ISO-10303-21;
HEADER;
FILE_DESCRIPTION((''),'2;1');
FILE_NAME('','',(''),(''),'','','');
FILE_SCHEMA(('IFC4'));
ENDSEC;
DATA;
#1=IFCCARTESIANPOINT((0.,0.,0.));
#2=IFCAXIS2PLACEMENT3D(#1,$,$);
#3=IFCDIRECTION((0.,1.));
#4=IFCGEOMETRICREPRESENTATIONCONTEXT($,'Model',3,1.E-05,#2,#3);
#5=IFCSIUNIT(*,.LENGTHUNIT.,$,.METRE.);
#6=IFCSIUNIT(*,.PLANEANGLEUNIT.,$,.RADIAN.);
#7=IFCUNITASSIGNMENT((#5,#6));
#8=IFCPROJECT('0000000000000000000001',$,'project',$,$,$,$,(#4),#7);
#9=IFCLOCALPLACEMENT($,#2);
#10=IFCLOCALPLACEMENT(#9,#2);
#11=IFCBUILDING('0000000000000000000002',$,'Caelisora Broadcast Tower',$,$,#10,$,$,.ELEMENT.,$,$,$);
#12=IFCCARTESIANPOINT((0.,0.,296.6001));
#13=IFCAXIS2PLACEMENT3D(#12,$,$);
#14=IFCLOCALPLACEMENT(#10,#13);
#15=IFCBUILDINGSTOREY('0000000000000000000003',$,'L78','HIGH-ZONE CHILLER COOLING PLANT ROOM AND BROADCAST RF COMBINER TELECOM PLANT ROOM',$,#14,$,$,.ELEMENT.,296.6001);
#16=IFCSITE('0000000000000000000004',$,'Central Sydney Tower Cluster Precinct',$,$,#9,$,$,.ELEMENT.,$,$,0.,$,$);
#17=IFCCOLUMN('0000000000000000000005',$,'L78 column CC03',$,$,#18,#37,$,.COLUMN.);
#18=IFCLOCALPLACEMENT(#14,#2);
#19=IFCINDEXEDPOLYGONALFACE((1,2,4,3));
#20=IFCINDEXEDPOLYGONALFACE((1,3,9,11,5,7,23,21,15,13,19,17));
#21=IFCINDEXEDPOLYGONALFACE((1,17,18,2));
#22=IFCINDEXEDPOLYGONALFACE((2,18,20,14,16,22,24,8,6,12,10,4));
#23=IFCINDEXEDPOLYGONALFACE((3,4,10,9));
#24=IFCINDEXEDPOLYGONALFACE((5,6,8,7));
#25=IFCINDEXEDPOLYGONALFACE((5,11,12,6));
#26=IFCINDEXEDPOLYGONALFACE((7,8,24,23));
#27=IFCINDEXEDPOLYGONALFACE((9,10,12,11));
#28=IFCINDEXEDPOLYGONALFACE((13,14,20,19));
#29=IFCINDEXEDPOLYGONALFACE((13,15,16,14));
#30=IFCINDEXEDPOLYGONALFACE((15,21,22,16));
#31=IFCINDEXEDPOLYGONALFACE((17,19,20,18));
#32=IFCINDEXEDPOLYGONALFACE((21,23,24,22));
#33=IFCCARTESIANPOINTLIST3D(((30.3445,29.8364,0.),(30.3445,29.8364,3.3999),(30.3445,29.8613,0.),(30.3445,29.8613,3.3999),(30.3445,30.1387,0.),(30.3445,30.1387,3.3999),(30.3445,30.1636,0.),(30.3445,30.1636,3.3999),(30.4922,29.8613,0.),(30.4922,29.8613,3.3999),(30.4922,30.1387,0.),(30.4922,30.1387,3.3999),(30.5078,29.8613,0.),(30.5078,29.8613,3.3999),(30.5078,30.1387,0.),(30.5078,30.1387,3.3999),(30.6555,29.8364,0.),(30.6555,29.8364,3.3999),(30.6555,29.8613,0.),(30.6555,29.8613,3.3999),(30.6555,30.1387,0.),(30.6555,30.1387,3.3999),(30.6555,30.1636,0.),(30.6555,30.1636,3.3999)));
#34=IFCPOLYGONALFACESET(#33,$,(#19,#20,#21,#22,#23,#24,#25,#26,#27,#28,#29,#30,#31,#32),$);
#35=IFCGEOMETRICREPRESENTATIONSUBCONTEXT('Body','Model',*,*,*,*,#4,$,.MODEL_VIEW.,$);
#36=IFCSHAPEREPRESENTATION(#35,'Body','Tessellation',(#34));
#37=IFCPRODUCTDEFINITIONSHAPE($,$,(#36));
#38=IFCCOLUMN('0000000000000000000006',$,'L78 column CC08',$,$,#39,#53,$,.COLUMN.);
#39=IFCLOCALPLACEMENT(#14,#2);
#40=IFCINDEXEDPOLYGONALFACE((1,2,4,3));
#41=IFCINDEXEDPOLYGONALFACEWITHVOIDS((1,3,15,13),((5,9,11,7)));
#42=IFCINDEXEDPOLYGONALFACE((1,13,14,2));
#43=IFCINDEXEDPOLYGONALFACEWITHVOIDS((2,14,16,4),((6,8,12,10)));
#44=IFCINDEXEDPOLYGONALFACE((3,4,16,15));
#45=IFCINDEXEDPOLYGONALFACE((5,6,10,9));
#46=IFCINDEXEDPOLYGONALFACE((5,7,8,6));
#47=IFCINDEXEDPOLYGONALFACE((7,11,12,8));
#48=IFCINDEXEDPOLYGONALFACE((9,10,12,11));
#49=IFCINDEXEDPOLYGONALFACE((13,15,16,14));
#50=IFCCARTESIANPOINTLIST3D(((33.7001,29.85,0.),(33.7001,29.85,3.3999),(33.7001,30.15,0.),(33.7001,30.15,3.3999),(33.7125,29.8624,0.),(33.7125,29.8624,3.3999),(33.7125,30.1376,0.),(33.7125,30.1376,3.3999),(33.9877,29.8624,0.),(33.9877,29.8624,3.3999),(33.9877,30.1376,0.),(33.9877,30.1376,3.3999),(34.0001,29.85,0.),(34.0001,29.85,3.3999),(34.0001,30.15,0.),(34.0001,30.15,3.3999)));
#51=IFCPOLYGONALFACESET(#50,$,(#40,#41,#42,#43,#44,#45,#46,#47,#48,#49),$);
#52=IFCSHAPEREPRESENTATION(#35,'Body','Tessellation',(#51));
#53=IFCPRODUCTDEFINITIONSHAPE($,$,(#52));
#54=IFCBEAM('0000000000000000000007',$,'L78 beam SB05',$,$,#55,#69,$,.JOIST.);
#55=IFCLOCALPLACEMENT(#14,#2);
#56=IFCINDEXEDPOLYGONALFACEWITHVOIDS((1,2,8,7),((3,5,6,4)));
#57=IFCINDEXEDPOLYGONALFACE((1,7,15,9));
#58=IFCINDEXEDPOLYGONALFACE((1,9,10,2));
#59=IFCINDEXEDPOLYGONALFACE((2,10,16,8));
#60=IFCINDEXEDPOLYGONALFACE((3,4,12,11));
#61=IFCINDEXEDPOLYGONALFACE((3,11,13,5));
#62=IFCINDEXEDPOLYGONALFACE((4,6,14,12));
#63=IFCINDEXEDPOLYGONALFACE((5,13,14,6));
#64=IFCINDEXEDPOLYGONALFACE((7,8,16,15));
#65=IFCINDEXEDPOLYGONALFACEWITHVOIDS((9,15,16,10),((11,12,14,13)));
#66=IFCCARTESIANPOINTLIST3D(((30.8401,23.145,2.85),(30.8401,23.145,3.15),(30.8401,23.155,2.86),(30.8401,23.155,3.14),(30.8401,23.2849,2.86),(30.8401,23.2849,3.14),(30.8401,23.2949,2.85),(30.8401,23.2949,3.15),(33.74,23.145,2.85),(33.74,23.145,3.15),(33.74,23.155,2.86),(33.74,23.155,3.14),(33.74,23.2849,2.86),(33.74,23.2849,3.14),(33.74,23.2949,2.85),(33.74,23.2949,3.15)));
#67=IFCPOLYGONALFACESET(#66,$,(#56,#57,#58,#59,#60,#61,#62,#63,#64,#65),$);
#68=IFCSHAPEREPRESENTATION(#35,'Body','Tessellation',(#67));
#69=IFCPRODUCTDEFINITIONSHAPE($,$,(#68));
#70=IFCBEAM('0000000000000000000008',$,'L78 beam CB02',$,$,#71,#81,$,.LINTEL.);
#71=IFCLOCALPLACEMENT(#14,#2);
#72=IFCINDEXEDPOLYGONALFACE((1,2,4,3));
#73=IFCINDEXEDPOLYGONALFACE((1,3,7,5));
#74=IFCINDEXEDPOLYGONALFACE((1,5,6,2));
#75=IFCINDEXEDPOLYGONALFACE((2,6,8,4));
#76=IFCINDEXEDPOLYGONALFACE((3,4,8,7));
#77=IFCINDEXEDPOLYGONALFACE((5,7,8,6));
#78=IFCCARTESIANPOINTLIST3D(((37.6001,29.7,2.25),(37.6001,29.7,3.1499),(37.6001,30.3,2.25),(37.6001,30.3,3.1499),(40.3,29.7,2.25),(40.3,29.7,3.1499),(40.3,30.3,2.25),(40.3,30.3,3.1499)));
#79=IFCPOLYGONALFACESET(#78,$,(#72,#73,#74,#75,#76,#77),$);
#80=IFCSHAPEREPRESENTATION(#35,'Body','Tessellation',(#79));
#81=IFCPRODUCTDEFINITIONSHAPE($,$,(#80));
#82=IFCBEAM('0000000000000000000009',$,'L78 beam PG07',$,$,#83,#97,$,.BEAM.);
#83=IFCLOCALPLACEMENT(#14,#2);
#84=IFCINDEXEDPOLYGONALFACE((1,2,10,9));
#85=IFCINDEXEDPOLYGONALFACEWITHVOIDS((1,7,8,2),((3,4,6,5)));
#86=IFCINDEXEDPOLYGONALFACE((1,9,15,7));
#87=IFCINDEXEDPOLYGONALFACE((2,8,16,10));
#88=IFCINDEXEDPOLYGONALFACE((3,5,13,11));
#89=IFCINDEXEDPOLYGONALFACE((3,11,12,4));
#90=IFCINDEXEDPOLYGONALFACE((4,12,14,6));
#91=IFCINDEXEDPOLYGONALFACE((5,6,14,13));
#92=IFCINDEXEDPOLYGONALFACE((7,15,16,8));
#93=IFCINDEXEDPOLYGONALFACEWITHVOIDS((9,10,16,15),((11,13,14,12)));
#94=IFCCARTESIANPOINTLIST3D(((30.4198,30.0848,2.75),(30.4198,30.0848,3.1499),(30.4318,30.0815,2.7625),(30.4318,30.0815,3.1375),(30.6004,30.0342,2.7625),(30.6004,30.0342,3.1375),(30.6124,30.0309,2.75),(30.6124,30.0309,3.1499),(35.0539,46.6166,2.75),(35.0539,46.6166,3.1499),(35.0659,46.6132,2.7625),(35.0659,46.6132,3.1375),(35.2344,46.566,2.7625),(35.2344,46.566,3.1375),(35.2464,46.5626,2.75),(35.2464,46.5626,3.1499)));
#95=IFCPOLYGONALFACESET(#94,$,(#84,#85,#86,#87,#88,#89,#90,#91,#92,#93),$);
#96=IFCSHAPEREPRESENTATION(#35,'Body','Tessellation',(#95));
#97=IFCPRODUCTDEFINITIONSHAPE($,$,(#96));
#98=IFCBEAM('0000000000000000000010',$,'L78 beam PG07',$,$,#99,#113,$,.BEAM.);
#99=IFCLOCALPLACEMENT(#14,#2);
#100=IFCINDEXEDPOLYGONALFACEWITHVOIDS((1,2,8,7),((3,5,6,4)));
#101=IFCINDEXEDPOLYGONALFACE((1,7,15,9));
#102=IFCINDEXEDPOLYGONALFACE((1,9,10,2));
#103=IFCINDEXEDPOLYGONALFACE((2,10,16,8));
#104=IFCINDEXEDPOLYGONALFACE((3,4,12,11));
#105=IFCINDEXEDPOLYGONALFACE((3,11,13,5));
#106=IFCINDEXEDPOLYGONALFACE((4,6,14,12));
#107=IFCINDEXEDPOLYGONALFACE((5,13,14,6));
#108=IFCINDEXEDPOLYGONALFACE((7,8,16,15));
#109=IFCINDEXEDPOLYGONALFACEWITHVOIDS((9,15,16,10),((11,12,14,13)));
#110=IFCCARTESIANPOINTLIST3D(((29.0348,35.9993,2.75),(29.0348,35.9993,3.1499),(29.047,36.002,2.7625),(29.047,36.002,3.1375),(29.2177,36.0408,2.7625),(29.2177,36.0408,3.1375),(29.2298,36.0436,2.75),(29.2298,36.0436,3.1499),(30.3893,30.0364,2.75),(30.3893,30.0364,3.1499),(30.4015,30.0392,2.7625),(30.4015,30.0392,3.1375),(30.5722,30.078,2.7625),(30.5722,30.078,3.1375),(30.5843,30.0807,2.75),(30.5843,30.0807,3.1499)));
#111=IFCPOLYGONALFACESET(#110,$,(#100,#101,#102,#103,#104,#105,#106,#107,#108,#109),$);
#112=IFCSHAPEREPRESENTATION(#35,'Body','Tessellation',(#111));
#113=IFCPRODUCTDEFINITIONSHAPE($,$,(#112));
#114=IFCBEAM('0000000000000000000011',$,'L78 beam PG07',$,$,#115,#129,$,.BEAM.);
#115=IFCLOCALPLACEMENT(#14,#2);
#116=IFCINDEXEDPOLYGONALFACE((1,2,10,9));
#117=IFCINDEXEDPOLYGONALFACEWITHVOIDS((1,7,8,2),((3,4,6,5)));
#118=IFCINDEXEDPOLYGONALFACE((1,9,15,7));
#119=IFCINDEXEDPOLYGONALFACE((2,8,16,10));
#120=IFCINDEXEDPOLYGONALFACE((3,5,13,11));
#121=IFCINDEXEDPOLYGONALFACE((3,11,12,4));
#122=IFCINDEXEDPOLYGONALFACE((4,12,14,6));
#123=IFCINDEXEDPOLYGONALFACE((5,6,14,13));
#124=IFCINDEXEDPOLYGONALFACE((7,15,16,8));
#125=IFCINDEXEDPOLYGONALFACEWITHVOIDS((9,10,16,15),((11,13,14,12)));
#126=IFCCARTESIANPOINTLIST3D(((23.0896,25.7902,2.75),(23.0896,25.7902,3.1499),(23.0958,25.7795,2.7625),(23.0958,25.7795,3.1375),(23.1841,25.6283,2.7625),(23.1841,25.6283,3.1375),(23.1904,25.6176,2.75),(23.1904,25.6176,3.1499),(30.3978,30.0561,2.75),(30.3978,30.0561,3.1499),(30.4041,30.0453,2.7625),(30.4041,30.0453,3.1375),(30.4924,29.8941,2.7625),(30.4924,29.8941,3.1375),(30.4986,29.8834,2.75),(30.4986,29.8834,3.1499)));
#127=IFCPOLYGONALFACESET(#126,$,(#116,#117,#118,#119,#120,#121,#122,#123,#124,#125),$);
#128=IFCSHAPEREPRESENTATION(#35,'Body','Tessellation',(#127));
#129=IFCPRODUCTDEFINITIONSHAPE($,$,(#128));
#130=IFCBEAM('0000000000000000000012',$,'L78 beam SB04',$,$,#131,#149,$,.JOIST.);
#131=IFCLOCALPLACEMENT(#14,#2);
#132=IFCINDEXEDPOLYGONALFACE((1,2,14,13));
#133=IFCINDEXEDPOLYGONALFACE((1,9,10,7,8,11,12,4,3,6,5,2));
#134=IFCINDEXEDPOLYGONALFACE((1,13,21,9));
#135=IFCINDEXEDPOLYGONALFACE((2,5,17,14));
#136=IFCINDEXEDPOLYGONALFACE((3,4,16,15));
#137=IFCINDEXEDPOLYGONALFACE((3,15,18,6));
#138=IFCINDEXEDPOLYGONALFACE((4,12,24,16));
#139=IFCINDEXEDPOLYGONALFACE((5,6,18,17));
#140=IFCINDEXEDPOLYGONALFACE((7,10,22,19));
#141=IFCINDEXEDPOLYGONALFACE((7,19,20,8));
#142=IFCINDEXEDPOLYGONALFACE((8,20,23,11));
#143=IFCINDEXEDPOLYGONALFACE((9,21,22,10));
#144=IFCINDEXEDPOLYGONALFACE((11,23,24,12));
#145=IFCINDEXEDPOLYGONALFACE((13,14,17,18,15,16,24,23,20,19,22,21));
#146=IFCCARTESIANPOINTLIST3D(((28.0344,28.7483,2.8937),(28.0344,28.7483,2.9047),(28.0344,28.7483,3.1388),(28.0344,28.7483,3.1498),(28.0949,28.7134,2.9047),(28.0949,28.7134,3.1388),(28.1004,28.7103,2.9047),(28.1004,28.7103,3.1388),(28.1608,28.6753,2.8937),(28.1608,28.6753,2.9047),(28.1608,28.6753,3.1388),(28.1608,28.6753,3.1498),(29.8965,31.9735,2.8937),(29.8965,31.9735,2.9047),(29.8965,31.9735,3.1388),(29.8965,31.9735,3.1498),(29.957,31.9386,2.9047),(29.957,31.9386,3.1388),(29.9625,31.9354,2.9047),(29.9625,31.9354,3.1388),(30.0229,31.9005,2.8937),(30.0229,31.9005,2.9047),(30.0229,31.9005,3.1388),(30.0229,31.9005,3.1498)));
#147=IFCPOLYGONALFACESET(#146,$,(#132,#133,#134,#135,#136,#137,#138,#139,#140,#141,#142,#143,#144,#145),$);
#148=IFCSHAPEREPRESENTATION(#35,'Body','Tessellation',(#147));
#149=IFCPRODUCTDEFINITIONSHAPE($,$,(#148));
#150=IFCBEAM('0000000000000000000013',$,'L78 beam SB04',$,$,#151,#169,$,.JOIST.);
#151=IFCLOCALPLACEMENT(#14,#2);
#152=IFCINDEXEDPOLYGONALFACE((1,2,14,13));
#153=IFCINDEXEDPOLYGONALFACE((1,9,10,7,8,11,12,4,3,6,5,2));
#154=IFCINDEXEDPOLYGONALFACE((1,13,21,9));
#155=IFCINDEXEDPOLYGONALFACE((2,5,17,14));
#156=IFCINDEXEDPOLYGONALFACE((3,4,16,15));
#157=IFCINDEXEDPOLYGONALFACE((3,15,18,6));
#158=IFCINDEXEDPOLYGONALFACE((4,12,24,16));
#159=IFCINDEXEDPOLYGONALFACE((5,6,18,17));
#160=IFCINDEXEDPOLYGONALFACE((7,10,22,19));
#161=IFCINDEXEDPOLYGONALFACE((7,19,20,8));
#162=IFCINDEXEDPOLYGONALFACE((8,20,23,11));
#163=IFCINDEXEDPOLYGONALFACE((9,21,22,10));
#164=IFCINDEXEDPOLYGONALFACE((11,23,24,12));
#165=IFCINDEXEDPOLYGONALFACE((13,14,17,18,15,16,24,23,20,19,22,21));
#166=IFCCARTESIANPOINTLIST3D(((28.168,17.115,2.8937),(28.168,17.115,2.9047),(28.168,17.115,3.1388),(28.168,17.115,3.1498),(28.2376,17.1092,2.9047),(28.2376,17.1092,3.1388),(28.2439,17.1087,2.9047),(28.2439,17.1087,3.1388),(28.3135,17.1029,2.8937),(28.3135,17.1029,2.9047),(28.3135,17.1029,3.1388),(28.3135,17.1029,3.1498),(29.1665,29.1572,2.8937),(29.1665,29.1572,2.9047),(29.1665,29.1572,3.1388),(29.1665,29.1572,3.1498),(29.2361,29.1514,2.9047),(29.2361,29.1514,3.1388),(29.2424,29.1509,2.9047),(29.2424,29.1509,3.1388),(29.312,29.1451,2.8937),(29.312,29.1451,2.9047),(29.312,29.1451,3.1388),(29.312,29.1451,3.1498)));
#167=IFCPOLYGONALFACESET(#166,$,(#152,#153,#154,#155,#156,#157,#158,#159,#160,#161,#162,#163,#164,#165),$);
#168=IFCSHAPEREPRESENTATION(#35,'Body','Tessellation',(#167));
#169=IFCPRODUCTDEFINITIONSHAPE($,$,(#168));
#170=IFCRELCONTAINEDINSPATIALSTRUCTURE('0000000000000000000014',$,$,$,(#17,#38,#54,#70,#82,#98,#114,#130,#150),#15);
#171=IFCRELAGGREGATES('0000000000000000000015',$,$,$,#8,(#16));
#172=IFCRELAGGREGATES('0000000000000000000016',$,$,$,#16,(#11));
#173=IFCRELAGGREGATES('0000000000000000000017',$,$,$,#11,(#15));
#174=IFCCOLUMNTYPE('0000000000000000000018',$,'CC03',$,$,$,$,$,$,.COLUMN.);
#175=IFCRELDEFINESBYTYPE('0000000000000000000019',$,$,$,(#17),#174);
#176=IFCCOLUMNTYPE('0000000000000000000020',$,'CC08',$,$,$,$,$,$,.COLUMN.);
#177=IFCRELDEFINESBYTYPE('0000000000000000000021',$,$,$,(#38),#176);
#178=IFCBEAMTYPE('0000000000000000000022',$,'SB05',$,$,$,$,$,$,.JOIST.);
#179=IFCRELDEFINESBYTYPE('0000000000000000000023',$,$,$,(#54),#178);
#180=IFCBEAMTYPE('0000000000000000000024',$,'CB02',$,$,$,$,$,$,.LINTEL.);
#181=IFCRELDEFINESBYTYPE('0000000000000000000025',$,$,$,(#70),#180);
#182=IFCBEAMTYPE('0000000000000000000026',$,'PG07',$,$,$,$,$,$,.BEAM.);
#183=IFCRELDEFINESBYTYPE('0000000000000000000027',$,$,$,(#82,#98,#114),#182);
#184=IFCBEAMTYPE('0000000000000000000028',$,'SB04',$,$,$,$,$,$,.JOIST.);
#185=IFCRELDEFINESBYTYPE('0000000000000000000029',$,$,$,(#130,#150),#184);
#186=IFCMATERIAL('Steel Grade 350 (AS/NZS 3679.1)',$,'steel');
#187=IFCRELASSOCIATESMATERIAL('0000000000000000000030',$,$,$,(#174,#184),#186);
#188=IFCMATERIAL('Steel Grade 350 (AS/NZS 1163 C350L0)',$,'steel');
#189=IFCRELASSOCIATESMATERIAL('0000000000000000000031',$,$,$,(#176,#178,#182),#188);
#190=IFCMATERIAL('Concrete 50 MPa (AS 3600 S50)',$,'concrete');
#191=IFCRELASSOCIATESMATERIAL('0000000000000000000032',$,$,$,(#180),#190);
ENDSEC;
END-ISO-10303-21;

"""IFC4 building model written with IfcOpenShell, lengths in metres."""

from ifc_helpers import new_model, si_unit, direction, frame, origin, origin_2d, place, context, subcontext, project, spatial, rectangle, hollow_rectangle, i_section, extrude, source, transform, mapped, material, material_profile, profile_set, type_object, type_shapes, element, save


model = new_model("IFC4")

# Units and contexts
model_context = context("Model", 3, precision=1e-05, world=origin(), true_north=direction((0.0, 1.0)))
body_context = subcontext(model_context, "Body", "Model", "MODEL_VIEW")
ifc_project = project(units=[si_unit("LENGTHUNIT", "METRE"), si_unit("PLANEANGLEUNIT", "RADIAN")], contexts=[model_context])

# Site, building, storey
site_placement = place(None, origin())
site = spatial("IfcSite", under=ifc_project, at=site_placement, Name="Central Sydney Tower Cluster Precinct", CompositionType="ELEMENT", RefElevation=0.0)
building_placement = place(site_placement, origin())
building = spatial("IfcBuilding", under=site, at=building_placement, Name="Caelisora Broadcast Tower", CompositionType="ELEMENT")
storey_placement = place(building_placement, frame((0.0, 0.0, 296.6001)))
storey = spatial("IfcBuildingStorey", under=building, at=storey_placement, Name="L78", Description="HIGH-ZONE CHILLER COOLING PLANT ROOM AND BROADCAST RF COMBINER TELECOM PLANT ROOM", CompositionType="ELEMENT", Elevation=296.6001)

# Columns
ifc_material_1 = material(Name="Steel Grade 350 (AS/NZS 3679.1)", Category="steel")
ifc_material_profile_1 = material_profile(ifc_material_1, i_section(OverallWidth=0.311, OverallDepth=0.3271, WebThickness=0.0156, FlangeThickness=0.0249, at=origin_2d()), Name="Steel Grade 350 (AS/NZS 3679.1)")
ifc_profile_set_1 = profile_set([ifc_material_profile_1], Name="Steel Grade 350 (AS/NZS 3679.1)")
column_type_1 = type_object("IfcColumnType", Name="CC03", PredefinedType="COLUMN", material=ifc_profile_set_1)
shared_shape_1 = source(origin(), body_context, "Body", "SweptSolid", [
    extrude(i_section(OverallWidth=0.311, OverallDepth=0.3271, WebThickness=0.0156, FlangeThickness=0.0249, at=origin_2d()), origin(), (0.0, 0.0, 1.0), 3.3999),
])
type_shapes(column_type_1, [shared_shape_1])
column_1_placement = place(storey_placement, frame((30.5, 30.0, 0.0), z_axis=(0.0, 0.0, 1.0), x_axis=(1.0, 0.0, 0.0)))
element("IfcColumn", 1, at=column_1_placement, inside=storey, type_object=column_type_1, Name="L78 column CC03", PredefinedType="COLUMN", context=body_context, shape_type="MappedRepresentation", body=[
    mapped(shared_shape_1, transform((0.0, 0.0, 0.0), scale=1.0)),
])
ifc_material_2 = material(Name="Steel Grade 350 (AS/NZS 1163 C350L0)", Category="steel")
ifc_material_profile_2 = material_profile(ifc_material_2, hollow_rectangle(XDim=0.3, YDim=0.3, WallThickness=0.0125, at=origin_2d()), Name="Steel Grade 350 (AS/NZS 1163 C350L0)")
ifc_profile_set_2 = profile_set([ifc_material_profile_2], Name="Steel Grade 350 (AS/NZS 1163 C350L0)")
column_type_2 = type_object("IfcColumnType", Name="CC08", PredefinedType="COLUMN", material=ifc_profile_set_2)
shared_shape_2 = source(origin(), body_context, "Body", "SweptSolid", [
    extrude(hollow_rectangle(XDim=0.3, YDim=0.3, WallThickness=0.0125, at=origin_2d()), origin(), (0.0, 0.0, 1.0), 3.3999),
])
type_shapes(column_type_2, [shared_shape_2])
column_2_placement = place(storey_placement, frame((33.8501, 30.0, 0.0), z_axis=(0.0, 0.0, 1.0), x_axis=(1.0, 0.0, 0.0)))
element("IfcColumn", 2, at=column_2_placement, inside=storey, type_object=column_type_2, Name="L78 column CC08", PredefinedType="COLUMN", context=body_context, shape_type="MappedRepresentation", body=[
    mapped(shared_shape_2, transform((0.0, 0.0, 0.0), scale=1.0)),
])

# Beams
ifc_material_profile_3 = material_profile(ifc_material_2, hollow_rectangle(XDim=0.1499, YDim=0.3, WallThickness=0.01, at=origin_2d()), Name="Steel Grade 350 (AS/NZS 1163 C350L0)")
ifc_profile_set_3 = profile_set([ifc_material_profile_3], Name="Steel Grade 350 (AS/NZS 1163 C350L0)")
beam_type_1 = type_object("IfcBeamType", Name="SB05", PredefinedType="JOIST", material=ifc_profile_set_3)
shared_shape_3 = source(origin(), body_context, "Body", "SweptSolid", [
    extrude(hollow_rectangle(XDim=0.1499, YDim=0.3, WallThickness=0.01, at=origin_2d()), origin(), (0.0, 0.0, 1.0), 2.8999),
])
type_shapes(beam_type_1, [shared_shape_3])
beam_1_placement = place(storey_placement, frame((30.8401, 23.22, 3.0), z_axis=(1.0, 0.0, 0.0), x_axis=(0.0, 1.0, 0.0)))
element("IfcBeam", 3, at=beam_1_placement, inside=storey, type_object=beam_type_1, Name="L78 beam SB05", PredefinedType="JOIST", context=body_context, shape_type="MappedRepresentation", body=[
    mapped(shared_shape_3, transform((0.0, 0.0, 0.0), scale=1.0)),
])
ifc_material_3 = material(Name="Concrete 50 MPa (AS 3600 S50)", Category="concrete")
ifc_material_profile_4 = material_profile(ifc_material_3, rectangle(XDim=0.6001, YDim=0.8999, at=origin_2d()), Name="Concrete 50 MPa (AS 3600 S50)")
ifc_profile_set_4 = profile_set([ifc_material_profile_4], Name="Concrete 50 MPa (AS 3600 S50)")
beam_type_2 = type_object("IfcBeamType", Name="CB02", PredefinedType="LINTEL", material=ifc_profile_set_4)
shared_shape_4 = source(origin(), body_context, "Body", "SweptSolid", [
    extrude(rectangle(XDim=0.6001, YDim=0.8999, at=origin_2d()), origin(), (0.0, 0.0, 1.0), 2.7),
])
type_shapes(beam_type_2, [shared_shape_4])
beam_2_placement = place(storey_placement, frame((37.6001, 30.0, 2.7), z_axis=(1.0, 0.0, 0.0), x_axis=(0.0, 1.0, 0.0)))
element("IfcBeam", 4, at=beam_2_placement, inside=storey, type_object=beam_type_2, Name="L78 beam CB02", PredefinedType="LINTEL", context=body_context, shape_type="MappedRepresentation", body=[
    mapped(shared_shape_4, transform((0.0, 0.0, 0.0), scale=1.0)),
])
ifc_material_profile_5 = material_profile(ifc_material_2, hollow_rectangle(XDim=0.2, YDim=0.3999, WallThickness=0.0125, at=origin_2d()), Name="Steel Grade 350 (AS/NZS 1163 C350L0)")
ifc_profile_set_5 = profile_set([ifc_material_profile_5], Name="Steel Grade 350 (AS/NZS 1163 C350L0)")
beam_type_3 = type_object("IfcBeamType", Name="PG07", PredefinedType="BEAM", material=ifc_profile_set_5)
shared_shape_5 = source(origin(), body_context, "Body", "SweptSolid", [
    extrude(hollow_rectangle(XDim=0.2, YDim=0.3999, WallThickness=0.0125, at=origin_2d()), origin(), (0.0, 0.0, 1.0), 17.1689),
])
beam_3_placement = place(storey_placement, frame((30.5161, 30.0579, 2.95), z_axis=(0.269908, 0.962886, 0.0), x_axis=(-0.962886, 0.269908, 0.0)))
element("IfcBeam", 5, at=beam_3_placement, inside=storey, type_object=beam_type_3, Name="L78 beam PG07", PredefinedType="BEAM", context=body_context, shape_type="MappedRepresentation", body=[
    mapped(shared_shape_5, transform((0.0, 0.0, 0.0), scale=1.0)),
])
shared_shape_6 = source(origin(), body_context, "Body", "SweptSolid", [
    extrude(hollow_rectangle(XDim=0.2, YDim=0.3999, WallThickness=0.0125, at=origin_2d()), origin(), (0.0, 0.0, 1.0), 6.1147),
])
beam_4_placement = place(storey_placement, frame((30.4868, 30.0586, 2.95), z_axis=(-0.221511, 0.975158, 0.0), x_axis=(-0.975158, -0.221511, 0.0)))
element("IfcBeam", 6, at=beam_4_placement, inside=storey, type_object=beam_type_3, Name="L78 beam PG07", PredefinedType="BEAM", context=body_context, shape_type="MappedRepresentation", body=[
    mapped(shared_shape_6, transform((0.0, 0.0, 0.0), scale=1.0)),
])
shared_shape_7 = source(origin(), body_context, "Body", "SweptSolid", [
    extrude(hollow_rectangle(XDim=0.2, YDim=0.3999, WallThickness=0.0125, at=origin_2d()), origin(), (0.0, 0.0, 1.0), 8.4622),
])
type_shapes(beam_type_3, [shared_shape_5, shared_shape_6, shared_shape_7])
beam_5_placement = place(storey_placement, frame((30.4482, 29.9697, 2.95), z_axis=(-0.863642, -0.504106, 0.0), x_axis=(0.504106, -0.863642, 0.0)))
element("IfcBeam", 7, at=beam_5_placement, inside=storey, type_object=beam_type_3, Name="L78 beam PG07", PredefinedType="BEAM", context=body_context, shape_type="MappedRepresentation", body=[
    mapped(shared_shape_7, transform((0.0, 0.0, 0.0), scale=1.0)),
])
ifc_material_profile_6 = material_profile(ifc_material_1, i_section(OverallWidth=0.146, OverallDepth=0.2561, WebThickness=0.0063, FlangeThickness=0.011, at=origin_2d()), Name="Steel Grade 350 (AS/NZS 3679.1)")
ifc_profile_set_6 = profile_set([ifc_material_profile_6], Name="Steel Grade 350 (AS/NZS 3679.1)")
beam_type_4 = type_object("IfcBeamType", Name="SB04", PredefinedType="JOIST", material=ifc_profile_set_6)
shared_shape_8 = source(origin(), body_context, "Body", "SweptSolid", [
    extrude(i_section(OverallWidth=0.146, OverallDepth=0.2561, WebThickness=0.0063, FlangeThickness=0.011, at=origin_2d()), origin(), (0.0, 0.0, 1.0), 3.7241),
])
beam_6_placement = place(storey_placement, frame((29.9597, 31.937, 3.0217), z_axis=(-0.50001, -0.86602, 0.0), x_axis=(0.86602, -0.50001, 0.0)))
element("IfcBeam", 8, at=beam_6_placement, inside=storey, type_object=beam_type_4, Name="L78 beam SB04", PredefinedType="JOIST", context=body_context, shape_type="MappedRepresentation", body=[
    mapped(shared_shape_8, transform((0.0, 0.0, 0.0), scale=1.0)),
])
shared_shape_9 = source(origin(), body_context, "Body", "SweptSolid", [
    extrude(i_section(OverallWidth=0.146, OverallDepth=0.2561, WebThickness=0.0063, FlangeThickness=0.011, at=origin_2d()), origin(), (0.0, 0.0, 1.0), 12.0835),
])
beam_7_placement = place(storey_placement, frame((29.2393, 29.1511, 3.0217), z_axis=(-0.082636, -0.99658, 0.0), x_axis=(0.99658, -0.082636, 0.0)))
element("IfcBeam", 9, at=beam_7_placement, inside=storey, type_object=beam_type_4, Name="L78 beam SB04", PredefinedType="JOIST", context=body_context, shape_type="MappedRepresentation", body=[
    mapped(shared_shape_9, transform((0.0, 0.0, 0.0), scale=1.0)),
])

save(model, "model.ifc")
